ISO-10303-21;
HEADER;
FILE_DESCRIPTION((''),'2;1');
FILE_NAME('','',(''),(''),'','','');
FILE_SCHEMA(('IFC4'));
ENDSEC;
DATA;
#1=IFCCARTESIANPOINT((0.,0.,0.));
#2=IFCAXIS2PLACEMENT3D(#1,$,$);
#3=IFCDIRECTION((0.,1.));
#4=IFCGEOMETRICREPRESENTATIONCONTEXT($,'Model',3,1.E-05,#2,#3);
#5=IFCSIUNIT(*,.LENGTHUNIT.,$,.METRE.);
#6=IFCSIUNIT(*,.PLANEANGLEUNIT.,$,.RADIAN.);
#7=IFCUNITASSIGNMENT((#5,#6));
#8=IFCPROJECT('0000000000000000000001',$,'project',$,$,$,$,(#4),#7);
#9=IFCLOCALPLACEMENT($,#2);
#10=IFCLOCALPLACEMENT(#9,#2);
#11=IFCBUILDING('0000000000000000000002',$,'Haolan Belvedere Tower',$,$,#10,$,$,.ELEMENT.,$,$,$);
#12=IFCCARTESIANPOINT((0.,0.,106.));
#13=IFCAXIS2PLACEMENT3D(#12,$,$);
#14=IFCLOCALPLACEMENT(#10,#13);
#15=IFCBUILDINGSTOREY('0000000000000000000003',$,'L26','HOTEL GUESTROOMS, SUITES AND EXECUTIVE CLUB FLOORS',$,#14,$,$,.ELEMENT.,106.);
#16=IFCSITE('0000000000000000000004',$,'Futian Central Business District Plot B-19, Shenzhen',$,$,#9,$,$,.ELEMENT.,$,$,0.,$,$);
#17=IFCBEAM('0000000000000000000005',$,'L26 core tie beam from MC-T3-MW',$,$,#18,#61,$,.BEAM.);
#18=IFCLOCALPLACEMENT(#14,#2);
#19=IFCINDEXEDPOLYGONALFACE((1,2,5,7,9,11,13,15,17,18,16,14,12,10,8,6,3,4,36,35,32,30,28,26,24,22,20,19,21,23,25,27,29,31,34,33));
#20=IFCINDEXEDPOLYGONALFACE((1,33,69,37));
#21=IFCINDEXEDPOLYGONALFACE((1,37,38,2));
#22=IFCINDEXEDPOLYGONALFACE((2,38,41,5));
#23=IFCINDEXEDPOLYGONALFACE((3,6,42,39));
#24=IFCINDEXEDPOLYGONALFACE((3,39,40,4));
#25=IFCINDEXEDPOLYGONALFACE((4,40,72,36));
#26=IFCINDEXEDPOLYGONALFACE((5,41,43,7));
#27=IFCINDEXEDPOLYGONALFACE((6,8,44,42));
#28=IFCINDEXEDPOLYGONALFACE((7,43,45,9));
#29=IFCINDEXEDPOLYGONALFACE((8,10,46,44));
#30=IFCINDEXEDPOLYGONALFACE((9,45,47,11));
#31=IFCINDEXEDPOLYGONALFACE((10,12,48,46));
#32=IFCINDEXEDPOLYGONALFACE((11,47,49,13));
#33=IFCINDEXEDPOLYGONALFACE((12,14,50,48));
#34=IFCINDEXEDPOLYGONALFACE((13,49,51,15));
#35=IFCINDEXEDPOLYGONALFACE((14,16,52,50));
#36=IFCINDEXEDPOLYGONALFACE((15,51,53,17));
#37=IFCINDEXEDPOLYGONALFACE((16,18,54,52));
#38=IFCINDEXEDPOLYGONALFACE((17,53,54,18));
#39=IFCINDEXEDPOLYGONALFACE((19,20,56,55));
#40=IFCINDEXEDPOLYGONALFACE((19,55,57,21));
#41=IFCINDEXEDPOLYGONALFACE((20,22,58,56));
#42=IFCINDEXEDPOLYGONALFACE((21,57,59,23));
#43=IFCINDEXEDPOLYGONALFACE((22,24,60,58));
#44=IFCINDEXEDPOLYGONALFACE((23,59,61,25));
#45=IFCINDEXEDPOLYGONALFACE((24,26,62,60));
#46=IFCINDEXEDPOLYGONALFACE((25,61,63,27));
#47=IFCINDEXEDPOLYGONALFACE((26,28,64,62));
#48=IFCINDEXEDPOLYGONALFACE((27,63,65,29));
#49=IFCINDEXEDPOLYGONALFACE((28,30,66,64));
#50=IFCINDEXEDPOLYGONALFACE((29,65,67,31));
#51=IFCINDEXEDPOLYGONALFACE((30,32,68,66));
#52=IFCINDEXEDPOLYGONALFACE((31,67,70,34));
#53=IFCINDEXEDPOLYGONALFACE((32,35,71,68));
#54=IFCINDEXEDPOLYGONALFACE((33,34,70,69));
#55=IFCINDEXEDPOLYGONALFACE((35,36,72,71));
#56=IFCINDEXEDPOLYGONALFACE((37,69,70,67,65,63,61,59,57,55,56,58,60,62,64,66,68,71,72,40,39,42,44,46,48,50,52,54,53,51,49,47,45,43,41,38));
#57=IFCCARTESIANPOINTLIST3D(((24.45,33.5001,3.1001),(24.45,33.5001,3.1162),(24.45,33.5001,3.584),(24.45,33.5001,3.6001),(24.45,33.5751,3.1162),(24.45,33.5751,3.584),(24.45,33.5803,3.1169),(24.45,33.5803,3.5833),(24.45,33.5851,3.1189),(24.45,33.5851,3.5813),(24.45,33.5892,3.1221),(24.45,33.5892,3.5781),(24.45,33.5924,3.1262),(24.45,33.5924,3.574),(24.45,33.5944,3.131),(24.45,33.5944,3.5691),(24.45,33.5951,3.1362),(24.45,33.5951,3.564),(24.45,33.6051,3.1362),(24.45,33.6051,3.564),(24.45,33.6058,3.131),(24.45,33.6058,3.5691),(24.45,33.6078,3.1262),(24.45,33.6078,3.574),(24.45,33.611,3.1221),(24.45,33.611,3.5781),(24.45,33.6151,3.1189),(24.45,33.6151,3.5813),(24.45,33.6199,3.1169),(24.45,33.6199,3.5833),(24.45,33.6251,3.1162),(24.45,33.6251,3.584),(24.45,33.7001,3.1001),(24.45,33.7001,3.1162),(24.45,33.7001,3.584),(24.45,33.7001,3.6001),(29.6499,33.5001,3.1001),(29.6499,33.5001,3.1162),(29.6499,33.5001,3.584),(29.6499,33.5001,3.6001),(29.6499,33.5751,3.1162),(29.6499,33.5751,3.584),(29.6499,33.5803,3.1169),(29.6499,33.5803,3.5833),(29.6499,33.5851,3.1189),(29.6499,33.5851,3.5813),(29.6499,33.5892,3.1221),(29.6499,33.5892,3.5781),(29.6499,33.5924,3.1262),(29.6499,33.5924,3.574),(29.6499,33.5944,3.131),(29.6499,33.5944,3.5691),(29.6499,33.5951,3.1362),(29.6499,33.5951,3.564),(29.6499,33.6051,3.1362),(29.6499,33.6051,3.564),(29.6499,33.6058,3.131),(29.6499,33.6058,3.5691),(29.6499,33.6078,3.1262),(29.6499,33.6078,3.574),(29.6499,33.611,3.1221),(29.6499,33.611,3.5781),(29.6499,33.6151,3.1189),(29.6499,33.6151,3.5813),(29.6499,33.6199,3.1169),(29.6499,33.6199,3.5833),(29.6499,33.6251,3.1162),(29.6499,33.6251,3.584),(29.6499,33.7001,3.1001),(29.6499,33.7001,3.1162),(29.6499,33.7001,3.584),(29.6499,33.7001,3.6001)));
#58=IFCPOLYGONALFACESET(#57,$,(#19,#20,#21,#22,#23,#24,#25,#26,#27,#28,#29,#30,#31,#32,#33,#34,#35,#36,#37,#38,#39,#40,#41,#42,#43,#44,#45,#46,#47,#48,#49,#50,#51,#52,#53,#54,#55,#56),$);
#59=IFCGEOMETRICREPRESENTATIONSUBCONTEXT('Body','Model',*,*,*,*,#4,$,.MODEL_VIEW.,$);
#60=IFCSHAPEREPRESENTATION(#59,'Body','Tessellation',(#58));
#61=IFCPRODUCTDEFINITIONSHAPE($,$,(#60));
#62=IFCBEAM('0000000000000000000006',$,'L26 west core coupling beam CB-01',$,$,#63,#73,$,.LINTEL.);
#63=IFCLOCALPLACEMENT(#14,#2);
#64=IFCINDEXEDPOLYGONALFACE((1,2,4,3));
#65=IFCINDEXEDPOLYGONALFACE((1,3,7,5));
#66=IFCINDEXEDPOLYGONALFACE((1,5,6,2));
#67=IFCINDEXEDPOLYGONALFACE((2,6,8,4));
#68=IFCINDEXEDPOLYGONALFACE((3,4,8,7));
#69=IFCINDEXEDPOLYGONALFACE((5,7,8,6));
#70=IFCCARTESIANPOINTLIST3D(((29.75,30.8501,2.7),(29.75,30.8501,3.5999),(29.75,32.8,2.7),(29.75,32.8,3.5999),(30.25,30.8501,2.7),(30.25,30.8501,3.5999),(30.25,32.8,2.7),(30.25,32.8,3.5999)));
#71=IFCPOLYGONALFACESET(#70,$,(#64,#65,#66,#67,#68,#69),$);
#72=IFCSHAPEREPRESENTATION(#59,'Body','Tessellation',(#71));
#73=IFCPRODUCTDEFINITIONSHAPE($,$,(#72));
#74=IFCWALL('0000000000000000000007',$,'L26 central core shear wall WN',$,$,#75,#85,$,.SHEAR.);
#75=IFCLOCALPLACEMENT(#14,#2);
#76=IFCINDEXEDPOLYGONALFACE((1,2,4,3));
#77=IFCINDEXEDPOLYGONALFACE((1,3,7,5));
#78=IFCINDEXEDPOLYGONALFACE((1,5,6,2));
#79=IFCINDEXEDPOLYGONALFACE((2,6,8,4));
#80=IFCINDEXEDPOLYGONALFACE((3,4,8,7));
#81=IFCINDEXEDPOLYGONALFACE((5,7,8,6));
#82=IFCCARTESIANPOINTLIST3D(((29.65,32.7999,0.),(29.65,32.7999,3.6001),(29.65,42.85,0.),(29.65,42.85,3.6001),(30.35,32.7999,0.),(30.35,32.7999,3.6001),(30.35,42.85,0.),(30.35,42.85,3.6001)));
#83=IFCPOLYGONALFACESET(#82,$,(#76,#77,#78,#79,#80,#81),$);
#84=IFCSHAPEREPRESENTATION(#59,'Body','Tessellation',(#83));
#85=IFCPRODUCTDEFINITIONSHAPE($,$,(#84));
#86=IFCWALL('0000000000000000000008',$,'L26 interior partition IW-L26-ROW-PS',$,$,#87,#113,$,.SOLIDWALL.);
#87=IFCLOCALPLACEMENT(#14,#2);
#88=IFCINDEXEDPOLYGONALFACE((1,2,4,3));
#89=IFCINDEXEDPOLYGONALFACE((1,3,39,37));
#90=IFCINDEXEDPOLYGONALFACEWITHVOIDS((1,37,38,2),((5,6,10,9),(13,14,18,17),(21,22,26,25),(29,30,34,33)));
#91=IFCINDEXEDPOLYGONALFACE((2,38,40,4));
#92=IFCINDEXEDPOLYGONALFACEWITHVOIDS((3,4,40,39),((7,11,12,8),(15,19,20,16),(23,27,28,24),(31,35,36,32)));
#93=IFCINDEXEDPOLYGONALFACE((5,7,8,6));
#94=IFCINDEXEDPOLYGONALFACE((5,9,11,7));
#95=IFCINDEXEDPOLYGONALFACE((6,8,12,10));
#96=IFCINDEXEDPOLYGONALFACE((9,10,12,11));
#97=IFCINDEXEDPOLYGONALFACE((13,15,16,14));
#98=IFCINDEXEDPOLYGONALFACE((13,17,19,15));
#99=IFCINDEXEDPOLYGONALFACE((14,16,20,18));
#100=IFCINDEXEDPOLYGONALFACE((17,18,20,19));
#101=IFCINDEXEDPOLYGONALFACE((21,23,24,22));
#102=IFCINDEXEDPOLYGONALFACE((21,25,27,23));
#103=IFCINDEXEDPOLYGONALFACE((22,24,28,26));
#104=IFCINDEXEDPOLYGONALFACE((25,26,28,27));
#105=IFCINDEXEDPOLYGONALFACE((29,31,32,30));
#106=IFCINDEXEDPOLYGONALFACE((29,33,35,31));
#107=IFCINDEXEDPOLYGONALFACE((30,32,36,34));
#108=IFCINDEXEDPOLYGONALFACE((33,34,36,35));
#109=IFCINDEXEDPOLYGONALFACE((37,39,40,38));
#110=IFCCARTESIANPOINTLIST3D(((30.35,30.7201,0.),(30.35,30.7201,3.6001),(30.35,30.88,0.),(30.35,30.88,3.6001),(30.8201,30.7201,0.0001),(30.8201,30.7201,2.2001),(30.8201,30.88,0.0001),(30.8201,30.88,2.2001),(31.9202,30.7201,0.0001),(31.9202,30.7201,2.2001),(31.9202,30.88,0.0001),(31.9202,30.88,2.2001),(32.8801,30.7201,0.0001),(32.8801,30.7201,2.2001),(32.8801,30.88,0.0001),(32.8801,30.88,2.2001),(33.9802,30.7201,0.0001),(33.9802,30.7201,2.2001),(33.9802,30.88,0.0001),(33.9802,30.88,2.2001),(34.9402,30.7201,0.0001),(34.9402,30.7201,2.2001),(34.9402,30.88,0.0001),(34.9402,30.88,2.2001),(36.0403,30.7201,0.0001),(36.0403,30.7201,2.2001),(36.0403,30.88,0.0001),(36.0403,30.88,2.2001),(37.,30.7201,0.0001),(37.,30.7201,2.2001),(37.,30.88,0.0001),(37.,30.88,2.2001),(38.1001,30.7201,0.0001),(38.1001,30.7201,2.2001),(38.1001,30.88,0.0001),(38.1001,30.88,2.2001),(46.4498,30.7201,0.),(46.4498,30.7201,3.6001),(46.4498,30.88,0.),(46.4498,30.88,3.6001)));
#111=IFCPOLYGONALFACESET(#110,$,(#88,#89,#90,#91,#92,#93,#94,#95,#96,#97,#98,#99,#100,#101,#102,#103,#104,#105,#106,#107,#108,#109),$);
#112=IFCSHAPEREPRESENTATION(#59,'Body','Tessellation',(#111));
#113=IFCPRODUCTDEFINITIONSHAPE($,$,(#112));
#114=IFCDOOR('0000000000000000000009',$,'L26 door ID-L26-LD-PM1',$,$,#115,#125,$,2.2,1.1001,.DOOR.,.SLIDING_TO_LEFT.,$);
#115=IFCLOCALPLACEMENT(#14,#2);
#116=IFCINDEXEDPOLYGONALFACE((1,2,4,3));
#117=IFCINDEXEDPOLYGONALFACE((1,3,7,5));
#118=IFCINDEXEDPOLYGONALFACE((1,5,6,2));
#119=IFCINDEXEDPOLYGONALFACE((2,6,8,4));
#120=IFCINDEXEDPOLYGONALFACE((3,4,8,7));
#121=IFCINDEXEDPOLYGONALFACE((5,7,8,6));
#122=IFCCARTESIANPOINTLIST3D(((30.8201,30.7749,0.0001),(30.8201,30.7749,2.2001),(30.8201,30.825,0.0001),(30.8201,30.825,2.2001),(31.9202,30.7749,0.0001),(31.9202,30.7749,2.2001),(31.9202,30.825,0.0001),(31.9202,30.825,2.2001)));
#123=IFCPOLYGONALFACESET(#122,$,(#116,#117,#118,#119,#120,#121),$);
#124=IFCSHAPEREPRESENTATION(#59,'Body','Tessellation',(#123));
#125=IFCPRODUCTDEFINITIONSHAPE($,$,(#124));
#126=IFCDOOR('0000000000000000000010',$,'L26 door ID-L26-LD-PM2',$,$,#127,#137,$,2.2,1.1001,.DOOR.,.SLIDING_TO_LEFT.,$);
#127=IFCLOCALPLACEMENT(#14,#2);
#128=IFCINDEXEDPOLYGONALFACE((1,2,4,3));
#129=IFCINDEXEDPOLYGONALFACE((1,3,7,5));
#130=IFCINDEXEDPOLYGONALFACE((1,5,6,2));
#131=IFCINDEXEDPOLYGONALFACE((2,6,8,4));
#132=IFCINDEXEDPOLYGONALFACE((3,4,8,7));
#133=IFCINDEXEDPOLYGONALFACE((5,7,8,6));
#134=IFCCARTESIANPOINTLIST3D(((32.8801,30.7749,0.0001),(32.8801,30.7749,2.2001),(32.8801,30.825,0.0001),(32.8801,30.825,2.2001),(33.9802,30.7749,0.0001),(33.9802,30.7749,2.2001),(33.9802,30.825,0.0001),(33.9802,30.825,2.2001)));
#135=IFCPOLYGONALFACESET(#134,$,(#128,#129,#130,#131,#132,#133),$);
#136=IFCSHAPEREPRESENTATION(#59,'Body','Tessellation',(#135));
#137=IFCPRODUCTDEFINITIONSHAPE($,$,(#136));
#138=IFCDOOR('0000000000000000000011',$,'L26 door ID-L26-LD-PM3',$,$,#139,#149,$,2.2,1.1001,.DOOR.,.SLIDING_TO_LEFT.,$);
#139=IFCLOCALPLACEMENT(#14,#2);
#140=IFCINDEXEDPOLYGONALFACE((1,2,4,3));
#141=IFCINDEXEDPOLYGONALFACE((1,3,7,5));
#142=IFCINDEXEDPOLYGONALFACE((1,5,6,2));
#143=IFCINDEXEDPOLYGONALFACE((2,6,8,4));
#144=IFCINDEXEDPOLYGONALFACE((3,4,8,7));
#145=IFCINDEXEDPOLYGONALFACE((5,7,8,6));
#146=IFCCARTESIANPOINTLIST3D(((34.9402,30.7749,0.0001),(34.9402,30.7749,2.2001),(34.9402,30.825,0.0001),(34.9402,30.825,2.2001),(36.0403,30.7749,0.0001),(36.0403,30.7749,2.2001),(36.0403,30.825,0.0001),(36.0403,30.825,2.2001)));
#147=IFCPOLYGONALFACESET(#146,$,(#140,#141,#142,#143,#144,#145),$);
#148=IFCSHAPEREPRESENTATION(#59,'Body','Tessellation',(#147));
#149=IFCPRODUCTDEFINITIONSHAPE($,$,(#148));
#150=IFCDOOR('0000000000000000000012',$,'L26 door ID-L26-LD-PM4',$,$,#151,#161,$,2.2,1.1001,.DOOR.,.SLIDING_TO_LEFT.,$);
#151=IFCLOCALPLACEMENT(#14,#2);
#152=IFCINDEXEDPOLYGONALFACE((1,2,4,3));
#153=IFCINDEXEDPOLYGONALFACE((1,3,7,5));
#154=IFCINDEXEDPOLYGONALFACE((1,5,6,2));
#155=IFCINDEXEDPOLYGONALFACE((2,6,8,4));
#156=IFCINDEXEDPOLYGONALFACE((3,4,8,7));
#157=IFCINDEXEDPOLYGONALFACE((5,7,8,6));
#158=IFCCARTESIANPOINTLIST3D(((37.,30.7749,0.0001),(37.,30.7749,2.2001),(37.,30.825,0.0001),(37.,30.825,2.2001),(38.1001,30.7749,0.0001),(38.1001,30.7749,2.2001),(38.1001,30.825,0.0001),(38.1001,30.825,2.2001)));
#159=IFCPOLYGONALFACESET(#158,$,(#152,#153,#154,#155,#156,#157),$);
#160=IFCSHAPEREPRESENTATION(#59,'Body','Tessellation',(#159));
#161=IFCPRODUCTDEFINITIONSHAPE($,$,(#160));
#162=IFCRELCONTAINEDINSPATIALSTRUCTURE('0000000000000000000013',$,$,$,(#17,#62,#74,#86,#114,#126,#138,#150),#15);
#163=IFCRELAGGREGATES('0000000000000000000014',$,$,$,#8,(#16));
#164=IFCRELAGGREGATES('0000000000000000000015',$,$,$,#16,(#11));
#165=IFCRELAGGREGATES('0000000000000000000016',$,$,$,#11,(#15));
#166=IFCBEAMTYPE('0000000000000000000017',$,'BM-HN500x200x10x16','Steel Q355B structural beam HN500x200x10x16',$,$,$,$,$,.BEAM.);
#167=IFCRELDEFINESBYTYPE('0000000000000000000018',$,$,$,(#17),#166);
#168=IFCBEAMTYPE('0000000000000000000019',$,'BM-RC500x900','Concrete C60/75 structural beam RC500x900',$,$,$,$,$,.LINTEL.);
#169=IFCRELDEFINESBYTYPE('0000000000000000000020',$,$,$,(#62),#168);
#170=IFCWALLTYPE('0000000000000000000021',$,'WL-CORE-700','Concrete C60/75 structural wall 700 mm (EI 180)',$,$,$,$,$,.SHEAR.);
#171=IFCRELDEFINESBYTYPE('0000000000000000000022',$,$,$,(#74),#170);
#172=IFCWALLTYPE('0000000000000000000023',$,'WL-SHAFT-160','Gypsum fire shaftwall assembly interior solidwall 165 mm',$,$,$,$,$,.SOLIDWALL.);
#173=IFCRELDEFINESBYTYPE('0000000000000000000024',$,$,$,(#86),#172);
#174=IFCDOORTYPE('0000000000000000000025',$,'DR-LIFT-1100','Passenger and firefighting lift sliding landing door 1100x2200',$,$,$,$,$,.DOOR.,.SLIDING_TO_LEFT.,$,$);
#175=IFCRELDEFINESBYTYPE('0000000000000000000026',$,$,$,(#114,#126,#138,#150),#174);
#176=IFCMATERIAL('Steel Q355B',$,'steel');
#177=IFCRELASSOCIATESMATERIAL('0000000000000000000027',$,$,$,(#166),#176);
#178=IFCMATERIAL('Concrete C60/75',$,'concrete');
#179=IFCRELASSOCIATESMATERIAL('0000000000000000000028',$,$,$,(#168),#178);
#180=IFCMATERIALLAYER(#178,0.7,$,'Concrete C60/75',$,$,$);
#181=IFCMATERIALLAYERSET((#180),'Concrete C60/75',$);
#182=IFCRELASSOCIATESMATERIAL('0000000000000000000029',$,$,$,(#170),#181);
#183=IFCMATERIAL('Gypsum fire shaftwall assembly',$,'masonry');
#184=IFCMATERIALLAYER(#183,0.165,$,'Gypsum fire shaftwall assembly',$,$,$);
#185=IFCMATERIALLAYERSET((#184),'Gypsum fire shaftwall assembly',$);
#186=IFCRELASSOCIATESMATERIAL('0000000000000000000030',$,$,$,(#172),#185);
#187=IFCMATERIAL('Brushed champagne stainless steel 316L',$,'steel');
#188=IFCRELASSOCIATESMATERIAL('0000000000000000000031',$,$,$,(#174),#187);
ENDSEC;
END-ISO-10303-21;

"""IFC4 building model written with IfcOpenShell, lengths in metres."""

from ifc_helpers import new_model, si_unit, direction, frame, frame_2d, origin, origin_2d, place, context, subcontext, project, spatial, rectangle, i_section, extrude, material, layer, layer_set, material_profile, profile_set, type_object, element, fill, save


model = new_model("IFC4")

# Units and contexts
model_context = context("Model", 3, precision=1e-05, world=origin(), true_north=direction((0.0, 1.0)))
body_context = subcontext(model_context, "Body", "Model", "MODEL_VIEW")
ifc_project = project(units=[si_unit("LENGTHUNIT", "METRE"), si_unit("PLANEANGLEUNIT", "RADIAN")], contexts=[model_context])

# Site, building, storey
site_placement = place(None, origin())
site = spatial("IfcSite", under=ifc_project, at=site_placement, Name="Futian Central Business District Plot B-19, Shenzhen", CompositionType="ELEMENT", RefElevation=0.0)
building_placement = place(site_placement, origin())
building = spatial("IfcBuilding", under=site, at=building_placement, Name="Haolan Belvedere Tower", CompositionType="ELEMENT")
storey_placement = place(building_placement, frame((0.0, 0.0, 106.0)))
storey = spatial("IfcBuildingStorey", under=building, at=storey_placement, Name="L26", Description="HOTEL GUESTROOMS, SUITES AND EXECUTIVE CLUB FLOORS", CompositionType="ELEMENT", Elevation=106.0)

# Beams
ifc_material_1 = material(Name="Steel Q355B", Category="steel")
ifc_material_profile_1 = material_profile(ifc_material_1, i_section(OverallWidth=0.2, OverallDepth=0.5, WebThickness=0.01, FlangeThickness=0.0161, FilletRadius=0.02, at=origin_2d()), Name="Steel Q355B")
ifc_profile_set_1 = profile_set([ifc_material_profile_1], Name="Steel Q355B")
beam_type_1 = type_object("IfcBeamType", Name="BM-HN500x200x10x16", Description="Steel Q355B structural beam HN500x200x10x16", PredefinedType="BEAM", material=ifc_profile_set_1)
beam_1_placement = place(storey_placement, frame((24.45, 33.6001, 3.3501), z_axis=(1.0, 0.0, 0.0), x_axis=(0.0, 1.0, 0.0)))
element("IfcBeam", 1, at=beam_1_placement, inside=storey, type_object=beam_type_1, Name="L26 core tie beam from MC-T3-MW", PredefinedType="BEAM", context=body_context, shape_type="SweptSolid", body=[
    extrude(i_section(OverallWidth=0.2, OverallDepth=0.5, WebThickness=0.01, FlangeThickness=0.0161, FilletRadius=0.02, at=origin_2d()), origin(), (0.0, 0.0, 1.0), 5.2),
])
ifc_material_2 = material(Name="Concrete C60/75", Category="concrete")
ifc_material_profile_2 = material_profile(ifc_material_2, rectangle(XDim=0.5, YDim=0.8999, at=origin_2d()), Name="Concrete C60/75")
ifc_profile_set_2 = profile_set([ifc_material_profile_2], Name="Concrete C60/75")
beam_type_2 = type_object("IfcBeamType", Name="BM-RC500x900", Description="Concrete C60/75 structural beam RC500x900", PredefinedType="LINTEL", material=ifc_profile_set_2)
beam_2_placement = place(storey_placement, frame((30.0, 30.8501, 3.1499), z_axis=(0.0, 1.0, 0.0), x_axis=(-1.0, 0.0, 0.0)))
element("IfcBeam", 2, at=beam_2_placement, inside=storey, type_object=beam_type_2, Name="L26 west core coupling beam CB-01", PredefinedType="LINTEL", context=body_context, shape_type="SweptSolid", body=[
    extrude(rectangle(XDim=0.5, YDim=0.8999, at=origin_2d()), origin(), (0.0, 0.0, 1.0), 1.95),
])

# Wall
ifc_layer_1 = layer(ifc_material_2, 0.7, Name="Concrete C60/75")
ifc_layer_set_1 = layer_set([ifc_layer_1], Name="Concrete C60/75")
wall_type_1 = type_object("IfcWallType", Name="WL-CORE-700", Description="Concrete C60/75 structural wall 700 mm (EI 180)", PredefinedType="SHEAR", material=ifc_layer_set_1)
wall_1_placement = place(storey_placement, frame((30.0, 32.8, 0.0), z_axis=(0.0, 0.0, 1.0), x_axis=(0.0, 1.0, 0.0)))
element("IfcWall", 3, at=wall_1_placement, inside=storey, type_object=wall_type_1, Name="L26 central core shear wall WN", PredefinedType="SHEAR", context=body_context, shape_type="SweptSolid", body=[
    extrude(rectangle(XDim=10.05, YDim=0.7, at=frame_2d((5.0249, 0.0))), origin(), (0.0, 0.0, 1.0), 3.6001),
])

# Shared definitions
ifc_material_3 = material(Name="Gypsum fire shaftwall assembly", Category="masonry")
ifc_layer_2 = layer(ifc_material_3, 0.165, Name="Gypsum fire shaftwall assembly")
ifc_layer_set_2 = layer_set([ifc_layer_2], Name="Gypsum fire shaftwall assembly")
wall_type_2 = type_object("IfcWallType", Name="WL-SHAFT-160", Description="Gypsum fire shaftwall assembly interior solidwall 165 mm", PredefinedType="SOLIDWALL", material=ifc_layer_set_2)

# Wall, openings, doors
wall_2_placement = place(storey_placement, frame((30.3501, 30.8, 0.0), z_axis=(0.0, 0.0, 1.0), x_axis=(1.0, 0.0, 0.0)))
wall_2 = element("IfcWall", 4, at=wall_2_placement, inside=storey, type_object=wall_type_2, Name="L26 interior partition IW-L26-ROW-PS", PredefinedType="SOLIDWALL", context=body_context, shape_type="SweptSolid", body=[
    extrude(rectangle(XDim=16.0999, YDim=0.1599, at=frame_2d((8.0498, 0.0))), origin(), (0.0, 0.0, 1.0), 3.6001),
])
opening_1_placement = place(wall_2_placement, frame((0.47, 0.0, 0.0)))
opening_1 = element("IfcOpeningElement", 5, at=opening_1_placement, cuts=wall_2, PredefinedType="OPENING", context=body_context, shape_type="SweptSolid", body=[
    extrude(rectangle(XDim=1.1001, YDim=2.2, at=frame_2d((0.55, 1.1001))), frame((0.0, 0.0898, 0.0), z_axis=(0.0, -1.0, 0.0), x_axis=(1.0, 0.0, 0.0)), (0.0, 0.0, 1.0), 0.1799),
])
opening_2_placement = place(wall_2_placement, frame((2.53, 0.0, 0.0)))
opening_2 = element("IfcOpeningElement", 6, at=opening_2_placement, cuts=wall_2, PredefinedType="OPENING", context=body_context, shape_type="SweptSolid", body=[
    extrude(rectangle(XDim=1.1001, YDim=2.2, at=frame_2d((0.55, 1.1001))), frame((0.0, 0.0898, 0.0), z_axis=(0.0, -1.0, 0.0), x_axis=(1.0, 0.0, 0.0)), (0.0, 0.0, 1.0), 0.1799),
])
opening_3_placement = place(wall_2_placement, frame((4.5901, 0.0, 0.0)))
opening_3 = element("IfcOpeningElement", 7, at=opening_3_placement, cuts=wall_2, PredefinedType="OPENING", context=body_context, shape_type="SweptSolid", body=[
    extrude(rectangle(XDim=1.1001, YDim=2.2, at=frame_2d((0.55, 1.1001))), frame((0.0, 0.0898, 0.0), z_axis=(0.0, -1.0, 0.0), x_axis=(1.0, 0.0, 0.0)), (0.0, 0.0, 1.0), 0.1799),
])
opening_4_placement = place(wall_2_placement, frame((6.6499, 0.0, 0.0)))
opening_4 = element("IfcOpeningElement", 8, at=opening_4_placement, cuts=wall_2, PredefinedType="OPENING", context=body_context, shape_type="SweptSolid", body=[
    extrude(rectangle(XDim=1.1001, YDim=2.2, at=frame_2d((0.55, 1.1001))), frame((0.0, 0.0898, 0.0), z_axis=(0.0, -1.0, 0.0), x_axis=(1.0, 0.0, 0.0)), (0.0, 0.0, 1.0), 0.1799),
])
ifc_material_4 = material(Name="Brushed champagne stainless steel 316L", Category="steel")
door_type_1 = type_object("IfcDoorType", Name="DR-LIFT-1100", Description="Passenger and firefighting lift sliding landing door 1100x2200", OperationType="SLIDING_TO_LEFT", PredefinedType="DOOR", material=ifc_material_4)
door_1_placement = place(opening_1_placement, origin())
door_1 = element("IfcDoor", 9, at=door_1_placement, inside=storey, type_object=door_type_1, Name="L26 door ID-L26-LD-PM1", OperationType="SLIDING_TO_LEFT", OverallHeight=2.2, OverallWidth=1.1001, PredefinedType="DOOR", context=body_context, shape_type="SweptSolid", body=[
    extrude(rectangle(XDim=1.1001, YDim=2.2, at=frame_2d((0.55, 1.1001))), frame((0.0, 0.0249, 0.0), z_axis=(0.0, -1.0, 0.0), x_axis=(1.0, 0.0, 0.0)), (0.0, 0.0, 1.0), 0.05),
])
fill(opening_1, door_1)
door_2_placement = place(opening_2_placement, origin())
door_2 = element("IfcDoor", 10, at=door_2_placement, inside=storey, type_object=door_type_1, Name="L26 door ID-L26-LD-PM2", OperationType="SLIDING_TO_LEFT", OverallHeight=2.2, OverallWidth=1.1001, PredefinedType="DOOR", context=body_context, shape_type="SweptSolid", body=[
    extrude(rectangle(XDim=1.1001, YDim=2.2, at=frame_2d((0.55, 1.1001))), frame((0.0, 0.0249, 0.0), z_axis=(0.0, -1.0, 0.0), x_axis=(1.0, 0.0, 0.0)), (0.0, 0.0, 1.0), 0.05),
])
fill(opening_2, door_2)
door_3_placement = place(opening_3_placement, origin())
door_3 = element("IfcDoor", 11, at=door_3_placement, inside=storey, type_object=door_type_1, Name="L26 door ID-L26-LD-PM3", OperationType="SLIDING_TO_LEFT", OverallHeight=2.2, OverallWidth=1.1001, PredefinedType="DOOR", context=body_context, shape_type="SweptSolid", body=[
    extrude(rectangle(XDim=1.1001, YDim=2.2, at=frame_2d((0.55, 1.1001))), frame((0.0, 0.0249, 0.0), z_axis=(0.0, -1.0, 0.0), x_axis=(1.0, 0.0, 0.0)), (0.0, 0.0, 1.0), 0.05),
])
fill(opening_3, door_3)
door_4_placement = place(opening_4_placement, origin())
door_4 = element("IfcDoor", 12, at=door_4_placement, inside=storey, type_object=door_type_1, Name="L26 door ID-L26-LD-PM4", OperationType="SLIDING_TO_LEFT", OverallHeight=2.2, OverallWidth=1.1001, PredefinedType="DOOR", context=body_context, shape_type="SweptSolid", body=[
    extrude(rectangle(XDim=1.1001, YDim=2.2, at=frame_2d((0.55, 1.1001))), frame((0.0, 0.0249, 0.0), z_axis=(0.0, -1.0, 0.0), x_axis=(1.0, 0.0, 0.0)), (0.0, 0.0, 1.0), 0.05),
])
fill(opening_4, door_4)

save(model, "model.ifc")
